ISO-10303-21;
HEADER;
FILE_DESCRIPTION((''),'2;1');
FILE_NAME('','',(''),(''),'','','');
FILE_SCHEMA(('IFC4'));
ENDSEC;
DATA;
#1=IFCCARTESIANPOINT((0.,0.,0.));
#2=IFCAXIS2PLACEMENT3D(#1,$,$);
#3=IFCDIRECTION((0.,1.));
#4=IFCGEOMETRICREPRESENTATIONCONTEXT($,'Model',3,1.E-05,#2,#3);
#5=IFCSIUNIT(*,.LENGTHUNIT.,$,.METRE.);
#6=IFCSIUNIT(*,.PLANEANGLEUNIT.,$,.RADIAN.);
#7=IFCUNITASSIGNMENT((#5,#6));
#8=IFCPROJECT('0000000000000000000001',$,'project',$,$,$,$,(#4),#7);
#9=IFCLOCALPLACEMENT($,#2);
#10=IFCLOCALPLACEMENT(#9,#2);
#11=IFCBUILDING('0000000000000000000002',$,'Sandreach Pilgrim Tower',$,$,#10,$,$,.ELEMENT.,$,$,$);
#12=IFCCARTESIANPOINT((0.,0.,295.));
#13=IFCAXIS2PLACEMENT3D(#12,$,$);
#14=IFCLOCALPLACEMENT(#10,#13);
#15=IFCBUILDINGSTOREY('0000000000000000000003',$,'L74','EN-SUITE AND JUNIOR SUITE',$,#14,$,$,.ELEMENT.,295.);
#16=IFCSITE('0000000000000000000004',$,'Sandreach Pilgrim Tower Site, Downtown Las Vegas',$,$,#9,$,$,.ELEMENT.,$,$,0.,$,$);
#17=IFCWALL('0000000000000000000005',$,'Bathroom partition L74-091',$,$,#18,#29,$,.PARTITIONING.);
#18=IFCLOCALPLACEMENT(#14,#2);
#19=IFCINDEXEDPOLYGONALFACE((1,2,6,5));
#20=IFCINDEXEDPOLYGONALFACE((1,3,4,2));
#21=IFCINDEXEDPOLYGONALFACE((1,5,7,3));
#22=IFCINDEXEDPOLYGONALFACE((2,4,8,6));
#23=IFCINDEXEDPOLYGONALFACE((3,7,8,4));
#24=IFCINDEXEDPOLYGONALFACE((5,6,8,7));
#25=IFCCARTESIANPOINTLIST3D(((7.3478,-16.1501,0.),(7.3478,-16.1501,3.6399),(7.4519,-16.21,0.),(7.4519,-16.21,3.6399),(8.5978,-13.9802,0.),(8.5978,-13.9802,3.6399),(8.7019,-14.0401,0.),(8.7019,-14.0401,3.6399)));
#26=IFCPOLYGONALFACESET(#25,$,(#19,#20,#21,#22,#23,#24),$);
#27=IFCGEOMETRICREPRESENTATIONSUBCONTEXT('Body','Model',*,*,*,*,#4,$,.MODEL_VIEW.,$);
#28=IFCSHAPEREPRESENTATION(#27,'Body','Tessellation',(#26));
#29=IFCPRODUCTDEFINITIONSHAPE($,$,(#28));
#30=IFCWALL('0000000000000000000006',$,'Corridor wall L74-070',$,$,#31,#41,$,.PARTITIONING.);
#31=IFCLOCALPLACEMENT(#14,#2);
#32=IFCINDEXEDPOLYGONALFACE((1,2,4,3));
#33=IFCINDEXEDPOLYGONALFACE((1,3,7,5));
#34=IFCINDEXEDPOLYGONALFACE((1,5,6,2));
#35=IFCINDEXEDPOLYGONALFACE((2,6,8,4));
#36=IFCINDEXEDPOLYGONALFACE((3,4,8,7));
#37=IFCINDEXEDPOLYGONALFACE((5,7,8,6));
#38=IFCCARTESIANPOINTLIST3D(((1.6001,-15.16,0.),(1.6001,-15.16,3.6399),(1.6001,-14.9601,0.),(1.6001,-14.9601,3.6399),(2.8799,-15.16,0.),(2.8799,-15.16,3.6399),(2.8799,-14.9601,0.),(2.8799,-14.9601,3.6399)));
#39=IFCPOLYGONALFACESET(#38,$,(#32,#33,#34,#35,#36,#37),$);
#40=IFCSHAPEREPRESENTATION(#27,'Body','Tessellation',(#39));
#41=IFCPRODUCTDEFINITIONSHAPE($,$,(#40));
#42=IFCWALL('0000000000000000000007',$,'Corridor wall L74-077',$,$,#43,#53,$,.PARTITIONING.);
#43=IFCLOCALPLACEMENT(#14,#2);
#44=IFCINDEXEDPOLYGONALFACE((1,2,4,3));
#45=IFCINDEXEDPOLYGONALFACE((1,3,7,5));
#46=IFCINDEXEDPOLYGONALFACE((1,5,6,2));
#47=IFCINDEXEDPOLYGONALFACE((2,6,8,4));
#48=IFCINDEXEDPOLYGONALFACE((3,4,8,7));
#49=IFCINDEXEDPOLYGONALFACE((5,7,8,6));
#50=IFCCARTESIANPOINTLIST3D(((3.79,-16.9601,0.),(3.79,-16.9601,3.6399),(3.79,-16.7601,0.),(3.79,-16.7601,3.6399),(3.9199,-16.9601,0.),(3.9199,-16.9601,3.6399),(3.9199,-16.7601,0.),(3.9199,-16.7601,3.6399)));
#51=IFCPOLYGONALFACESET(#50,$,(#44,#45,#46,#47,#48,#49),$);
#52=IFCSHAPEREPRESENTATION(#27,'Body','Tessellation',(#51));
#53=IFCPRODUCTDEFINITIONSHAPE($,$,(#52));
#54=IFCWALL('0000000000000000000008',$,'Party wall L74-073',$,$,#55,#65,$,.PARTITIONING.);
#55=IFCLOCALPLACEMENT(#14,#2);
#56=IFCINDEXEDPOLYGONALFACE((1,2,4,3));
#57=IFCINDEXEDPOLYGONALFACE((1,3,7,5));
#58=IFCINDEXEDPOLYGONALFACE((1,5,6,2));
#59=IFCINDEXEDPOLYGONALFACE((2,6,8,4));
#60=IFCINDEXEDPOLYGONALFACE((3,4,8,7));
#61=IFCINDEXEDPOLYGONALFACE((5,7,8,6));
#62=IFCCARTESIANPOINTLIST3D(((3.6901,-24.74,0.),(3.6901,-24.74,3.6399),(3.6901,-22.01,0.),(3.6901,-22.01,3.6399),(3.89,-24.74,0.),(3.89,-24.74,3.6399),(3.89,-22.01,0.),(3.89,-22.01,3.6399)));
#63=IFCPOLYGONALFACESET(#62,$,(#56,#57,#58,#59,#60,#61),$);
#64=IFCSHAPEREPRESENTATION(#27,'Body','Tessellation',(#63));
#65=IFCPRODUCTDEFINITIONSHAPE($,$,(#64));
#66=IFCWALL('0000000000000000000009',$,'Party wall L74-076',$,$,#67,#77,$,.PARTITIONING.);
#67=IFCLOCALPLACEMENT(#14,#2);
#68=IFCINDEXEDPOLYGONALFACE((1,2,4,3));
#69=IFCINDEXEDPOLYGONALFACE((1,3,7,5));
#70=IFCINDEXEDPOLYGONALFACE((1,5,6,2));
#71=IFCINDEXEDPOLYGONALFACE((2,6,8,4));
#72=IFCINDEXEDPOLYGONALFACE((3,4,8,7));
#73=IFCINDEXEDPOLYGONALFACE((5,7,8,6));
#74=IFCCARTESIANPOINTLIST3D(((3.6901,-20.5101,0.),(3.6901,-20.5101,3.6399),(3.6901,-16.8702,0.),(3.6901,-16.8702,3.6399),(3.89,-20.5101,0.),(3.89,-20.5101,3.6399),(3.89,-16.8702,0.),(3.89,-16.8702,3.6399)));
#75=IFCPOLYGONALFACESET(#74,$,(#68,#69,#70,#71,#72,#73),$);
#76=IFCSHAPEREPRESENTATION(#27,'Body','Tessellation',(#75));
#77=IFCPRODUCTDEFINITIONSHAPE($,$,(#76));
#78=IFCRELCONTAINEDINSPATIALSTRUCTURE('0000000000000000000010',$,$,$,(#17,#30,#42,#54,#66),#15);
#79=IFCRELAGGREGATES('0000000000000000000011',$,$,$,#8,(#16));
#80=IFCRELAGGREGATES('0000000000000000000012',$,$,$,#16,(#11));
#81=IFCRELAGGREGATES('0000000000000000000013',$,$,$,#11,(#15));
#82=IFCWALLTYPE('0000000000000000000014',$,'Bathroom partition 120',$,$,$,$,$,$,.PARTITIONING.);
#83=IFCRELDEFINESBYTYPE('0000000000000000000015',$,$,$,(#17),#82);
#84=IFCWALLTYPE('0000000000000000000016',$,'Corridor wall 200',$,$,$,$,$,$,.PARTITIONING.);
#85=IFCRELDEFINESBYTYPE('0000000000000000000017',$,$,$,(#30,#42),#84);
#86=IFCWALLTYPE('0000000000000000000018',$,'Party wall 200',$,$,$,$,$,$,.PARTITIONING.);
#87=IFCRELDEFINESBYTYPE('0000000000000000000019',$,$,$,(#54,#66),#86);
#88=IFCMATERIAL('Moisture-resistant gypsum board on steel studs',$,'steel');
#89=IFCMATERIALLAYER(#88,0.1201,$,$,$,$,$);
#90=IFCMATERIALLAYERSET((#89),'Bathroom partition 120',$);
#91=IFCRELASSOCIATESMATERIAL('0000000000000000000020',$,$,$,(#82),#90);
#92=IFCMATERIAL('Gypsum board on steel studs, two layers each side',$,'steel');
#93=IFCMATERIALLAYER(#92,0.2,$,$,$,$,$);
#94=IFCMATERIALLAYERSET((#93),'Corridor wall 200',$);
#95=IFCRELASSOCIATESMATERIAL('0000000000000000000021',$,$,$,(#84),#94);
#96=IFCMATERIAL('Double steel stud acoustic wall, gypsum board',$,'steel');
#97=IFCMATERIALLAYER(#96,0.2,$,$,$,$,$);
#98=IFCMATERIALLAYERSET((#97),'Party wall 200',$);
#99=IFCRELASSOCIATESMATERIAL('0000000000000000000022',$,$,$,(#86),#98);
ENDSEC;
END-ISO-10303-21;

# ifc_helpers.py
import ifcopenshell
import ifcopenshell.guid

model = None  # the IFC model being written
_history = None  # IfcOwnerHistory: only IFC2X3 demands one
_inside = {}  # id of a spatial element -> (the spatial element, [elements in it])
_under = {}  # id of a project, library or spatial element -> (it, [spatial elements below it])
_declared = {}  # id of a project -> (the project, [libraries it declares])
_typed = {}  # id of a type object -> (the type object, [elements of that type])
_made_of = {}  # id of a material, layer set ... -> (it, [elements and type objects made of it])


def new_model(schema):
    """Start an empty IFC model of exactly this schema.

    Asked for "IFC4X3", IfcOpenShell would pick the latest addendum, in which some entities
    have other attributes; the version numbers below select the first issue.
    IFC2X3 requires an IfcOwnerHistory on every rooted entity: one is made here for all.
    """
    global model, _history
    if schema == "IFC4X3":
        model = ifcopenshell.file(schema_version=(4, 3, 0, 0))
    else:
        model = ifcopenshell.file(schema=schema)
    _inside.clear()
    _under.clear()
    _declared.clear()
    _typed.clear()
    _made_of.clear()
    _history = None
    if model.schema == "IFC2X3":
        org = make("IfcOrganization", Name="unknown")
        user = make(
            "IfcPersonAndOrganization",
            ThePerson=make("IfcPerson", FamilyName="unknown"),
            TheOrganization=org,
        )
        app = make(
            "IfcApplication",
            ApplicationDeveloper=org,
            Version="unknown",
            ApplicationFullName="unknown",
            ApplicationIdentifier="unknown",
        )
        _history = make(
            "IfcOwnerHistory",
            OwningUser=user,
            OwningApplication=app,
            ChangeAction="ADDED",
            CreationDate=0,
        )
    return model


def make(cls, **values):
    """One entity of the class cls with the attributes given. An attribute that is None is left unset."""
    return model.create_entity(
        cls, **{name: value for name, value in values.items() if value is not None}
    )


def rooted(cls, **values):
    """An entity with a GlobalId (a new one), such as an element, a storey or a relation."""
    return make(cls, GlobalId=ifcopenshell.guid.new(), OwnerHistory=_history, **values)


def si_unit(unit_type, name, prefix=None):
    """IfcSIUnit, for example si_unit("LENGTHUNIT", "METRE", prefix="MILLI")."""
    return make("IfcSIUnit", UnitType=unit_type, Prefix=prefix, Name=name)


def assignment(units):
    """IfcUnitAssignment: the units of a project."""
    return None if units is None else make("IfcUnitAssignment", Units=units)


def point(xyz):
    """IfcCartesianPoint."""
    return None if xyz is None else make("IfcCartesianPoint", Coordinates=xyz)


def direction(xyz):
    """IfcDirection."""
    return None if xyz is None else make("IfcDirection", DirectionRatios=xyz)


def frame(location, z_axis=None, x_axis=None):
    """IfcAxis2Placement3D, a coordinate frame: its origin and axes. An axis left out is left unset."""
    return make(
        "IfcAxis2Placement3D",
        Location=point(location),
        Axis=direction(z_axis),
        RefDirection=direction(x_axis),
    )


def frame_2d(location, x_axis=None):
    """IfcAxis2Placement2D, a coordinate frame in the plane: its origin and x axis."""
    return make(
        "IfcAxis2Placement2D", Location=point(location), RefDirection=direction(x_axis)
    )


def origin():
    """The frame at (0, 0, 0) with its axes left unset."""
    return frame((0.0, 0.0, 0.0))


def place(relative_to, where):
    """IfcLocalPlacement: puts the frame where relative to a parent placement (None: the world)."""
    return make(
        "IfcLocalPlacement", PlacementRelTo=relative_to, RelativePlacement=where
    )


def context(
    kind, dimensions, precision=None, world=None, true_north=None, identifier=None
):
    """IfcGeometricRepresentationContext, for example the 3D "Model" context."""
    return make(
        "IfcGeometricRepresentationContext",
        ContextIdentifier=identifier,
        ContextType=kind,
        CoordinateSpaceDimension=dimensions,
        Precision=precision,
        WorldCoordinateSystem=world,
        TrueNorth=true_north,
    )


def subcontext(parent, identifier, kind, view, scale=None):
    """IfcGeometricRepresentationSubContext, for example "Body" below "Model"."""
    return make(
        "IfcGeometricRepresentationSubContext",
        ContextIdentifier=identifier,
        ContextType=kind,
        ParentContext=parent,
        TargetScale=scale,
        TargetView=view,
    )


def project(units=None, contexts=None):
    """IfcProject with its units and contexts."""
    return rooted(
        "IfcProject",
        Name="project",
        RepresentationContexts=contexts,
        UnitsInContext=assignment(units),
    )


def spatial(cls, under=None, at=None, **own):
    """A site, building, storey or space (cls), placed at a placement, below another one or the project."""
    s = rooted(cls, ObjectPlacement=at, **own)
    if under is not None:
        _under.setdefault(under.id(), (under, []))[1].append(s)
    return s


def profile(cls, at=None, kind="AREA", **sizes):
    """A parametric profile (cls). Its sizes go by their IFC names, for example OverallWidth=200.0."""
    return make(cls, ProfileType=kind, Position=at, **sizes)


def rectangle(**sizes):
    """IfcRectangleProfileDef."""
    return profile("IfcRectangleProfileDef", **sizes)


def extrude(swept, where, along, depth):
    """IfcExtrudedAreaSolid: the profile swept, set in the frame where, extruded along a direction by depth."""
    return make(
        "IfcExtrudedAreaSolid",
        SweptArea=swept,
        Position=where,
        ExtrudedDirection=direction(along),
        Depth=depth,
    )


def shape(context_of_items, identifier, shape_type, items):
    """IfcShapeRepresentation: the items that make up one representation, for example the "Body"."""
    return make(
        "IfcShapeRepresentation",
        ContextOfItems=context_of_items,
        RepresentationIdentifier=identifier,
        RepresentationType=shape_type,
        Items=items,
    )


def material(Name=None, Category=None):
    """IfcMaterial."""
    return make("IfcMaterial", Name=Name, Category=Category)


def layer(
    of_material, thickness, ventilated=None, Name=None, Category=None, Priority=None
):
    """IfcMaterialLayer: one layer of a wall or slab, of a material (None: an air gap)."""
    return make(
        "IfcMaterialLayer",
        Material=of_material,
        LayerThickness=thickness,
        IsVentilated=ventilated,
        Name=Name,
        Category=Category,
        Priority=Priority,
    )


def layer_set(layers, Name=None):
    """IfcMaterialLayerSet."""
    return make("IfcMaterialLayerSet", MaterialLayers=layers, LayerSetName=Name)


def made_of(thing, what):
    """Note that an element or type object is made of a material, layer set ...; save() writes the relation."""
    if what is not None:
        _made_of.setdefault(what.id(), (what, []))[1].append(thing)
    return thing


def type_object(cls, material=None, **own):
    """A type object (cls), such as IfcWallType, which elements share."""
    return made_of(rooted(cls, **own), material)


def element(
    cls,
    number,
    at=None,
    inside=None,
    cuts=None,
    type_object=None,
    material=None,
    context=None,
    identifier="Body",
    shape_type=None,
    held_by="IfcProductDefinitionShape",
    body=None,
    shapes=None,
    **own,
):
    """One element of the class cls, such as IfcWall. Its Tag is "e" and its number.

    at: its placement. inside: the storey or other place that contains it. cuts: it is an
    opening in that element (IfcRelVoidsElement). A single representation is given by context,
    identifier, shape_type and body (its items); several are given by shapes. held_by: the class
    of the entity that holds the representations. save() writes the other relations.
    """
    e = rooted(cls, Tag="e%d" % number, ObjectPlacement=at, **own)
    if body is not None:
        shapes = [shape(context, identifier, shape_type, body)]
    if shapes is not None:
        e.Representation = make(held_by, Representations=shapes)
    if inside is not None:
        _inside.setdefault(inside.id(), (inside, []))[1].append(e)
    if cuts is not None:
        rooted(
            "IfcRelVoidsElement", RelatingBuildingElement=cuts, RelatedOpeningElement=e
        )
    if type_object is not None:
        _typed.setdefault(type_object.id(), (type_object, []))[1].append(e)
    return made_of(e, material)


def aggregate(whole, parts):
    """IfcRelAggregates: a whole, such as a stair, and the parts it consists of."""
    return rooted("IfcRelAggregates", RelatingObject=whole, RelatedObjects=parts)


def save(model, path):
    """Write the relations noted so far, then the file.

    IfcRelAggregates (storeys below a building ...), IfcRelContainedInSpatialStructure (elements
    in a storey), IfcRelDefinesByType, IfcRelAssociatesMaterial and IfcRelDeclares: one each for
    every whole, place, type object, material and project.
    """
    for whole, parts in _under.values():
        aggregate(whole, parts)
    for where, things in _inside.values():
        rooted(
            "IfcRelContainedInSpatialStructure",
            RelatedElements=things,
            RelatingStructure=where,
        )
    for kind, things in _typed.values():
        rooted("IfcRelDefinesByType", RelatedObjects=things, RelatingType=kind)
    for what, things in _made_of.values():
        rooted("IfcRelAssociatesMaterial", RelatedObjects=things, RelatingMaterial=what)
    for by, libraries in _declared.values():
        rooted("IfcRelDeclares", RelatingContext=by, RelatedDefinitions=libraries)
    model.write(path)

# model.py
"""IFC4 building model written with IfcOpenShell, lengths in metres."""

from ifc_helpers import new_model, si_unit, direction, frame, frame_2d, origin, place, context, subcontext, project, spatial, rectangle, extrude, material, layer, layer_set, type_object, element, save


model = new_model("IFC4")

# Units and contexts
model_context = context("Model", 3, precision=1e-05, world=origin(), true_north=direction((0.0, 1.0)))
body_context = subcontext(model_context, "Body", "Model", "MODEL_VIEW")
ifc_project = project(units=[si_unit("LENGTHUNIT", "METRE"), si_unit("PLANEANGLEUNIT", "RADIAN")], contexts=[model_context])

# Site, building, storey
site_placement = place(None, origin())
site = spatial("IfcSite", under=ifc_project, at=site_placement, Name="Sandreach Pilgrim Tower Site, Downtown Las Vegas", CompositionType="ELEMENT", RefElevation=0.0)
building_placement = place(site_placement, origin())
building = spatial("IfcBuilding", under=site, at=building_placement, Name="Sandreach Pilgrim Tower", CompositionType="ELEMENT")
storey_placement = place(building_placement, frame((0.0, 0.0, 295.0)))
storey = spatial("IfcBuildingStorey", under=building, at=storey_placement, Name="L74", Description="EN-SUITE AND JUNIOR SUITE", CompositionType="ELEMENT", Elevation=295.0)

# Shared definitions
ifc_material_1 = material(Name="Moisture-resistant gypsum board on steel studs", Category="steel")
ifc_layer_1 = layer(ifc_material_1, 0.1201)
ifc_layer_set_1 = layer_set([ifc_layer_1], Name="Bathroom partition 120")
wall_type_1 = type_object("IfcWallType", Name="Bathroom partition 120", PredefinedType="PARTITIONING", material=ifc_layer_set_1)

# Wall
wall_1_placement = place(storey_placement, frame((7.3999, -16.1799, 0.0), z_axis=(0.0, 0.0, 1.0), x_axis=(0.49916, 0.86651, 0.0)))
element("IfcWall", 1, at=wall_1_placement, inside=storey, type_object=wall_type_1, Name="Bathroom partition L74-091", PredefinedType="PARTITIONING", context=body_context, shape_type="SweptSolid", body=[
    extrude(rectangle(XDim=2.5042, YDim=0.1201, at=frame_2d((1.252, 0.0))), origin(), (0.0, 0.0, 1.0), 3.6399),
])

# Shared definitions
ifc_material_2 = material(Name="Gypsum board on steel studs, two layers each side", Category="steel")
ifc_layer_2 = layer(ifc_material_2, 0.2)
ifc_layer_set_2 = layer_set([ifc_layer_2], Name="Corridor wall 200")
wall_type_2 = type_object("IfcWallType", Name="Corridor wall 200", PredefinedType="PARTITIONING", material=ifc_layer_set_2)

# Walls
wall_2_placement = place(storey_placement, frame((2.8799, -15.0601, 0.0), z_axis=(0.0, 0.0, 1.0), x_axis=(-1.0, 0.0, 0.0)))
element("IfcWall", 2, at=wall_2_placement, inside=storey, type_object=wall_type_2, Name="Corridor wall L74-070", PredefinedType="PARTITIONING", context=body_context, shape_type="SweptSolid", body=[
    extrude(rectangle(XDim=1.2798, YDim=0.2, at=frame_2d((0.6399, 0.0))), origin(), (0.0, 0.0, 1.0), 3.6399),
])
wall_3_placement = place(storey_placement, frame((3.79, -16.8601, 0.0), z_axis=(0.0, 0.0, 1.0), x_axis=(1.0, 0.0, 0.0)))
element("IfcWall", 3, at=wall_3_placement, inside=storey, type_object=wall_type_2, Name="Corridor wall L74-077", PredefinedType="PARTITIONING", context=body_context, shape_type="SweptSolid", body=[
    extrude(rectangle(XDim=0.1299, YDim=0.2, at=frame_2d((0.0649, 0.0))), origin(), (0.0, 0.0, 1.0), 3.6399),
])

# Walls
ifc_material_3 = material(Name="Double steel stud acoustic wall, gypsum board", Category="steel")
ifc_layer_3 = layer(ifc_material_3, 0.2)
ifc_layer_set_3 = layer_set([ifc_layer_3], Name="Party wall 200")
wall_type_3 = type_object("IfcWallType", Name="Party wall 200", PredefinedType="PARTITIONING", material=ifc_layer_set_3)
wall_4_placement = place(storey_placement, frame((3.79, -24.74, 0.0), z_axis=(0.0, 0.0, 1.0), x_axis=(0.0, 1.0, 0.0)))
element("IfcWall", 4, at=wall_4_placement, inside=storey, type_object=wall_type_3, Name="Party wall L74-073", PredefinedType="PARTITIONING", context=body_context, shape_type="SweptSolid", body=[
    extrude(rectangle(XDim=2.73, YDim=0.2, at=frame_2d((1.365, 0.0))), origin(), (0.0, 0.0, 1.0), 3.6399),
])
wall_5_placement = place(storey_placement, frame((3.79, -20.51, 0.0), z_axis=(0.0, 0.0, 1.0), x_axis=(0.0, 1.0, 0.0)))
element("IfcWall", 5, at=wall_5_placement, inside=storey, type_object=wall_type_3, Name="Party wall L74-076", PredefinedType="PARTITIONING", context=body_context, shape_type="SweptSolid", body=[
    extrude(rectangle(XDim=3.6399, YDim=0.2, at=frame_2d((1.8198, 0.0))), origin(), (0.0, 0.0, 1.0), 3.6399),
])

save(model, "model.ifc")
